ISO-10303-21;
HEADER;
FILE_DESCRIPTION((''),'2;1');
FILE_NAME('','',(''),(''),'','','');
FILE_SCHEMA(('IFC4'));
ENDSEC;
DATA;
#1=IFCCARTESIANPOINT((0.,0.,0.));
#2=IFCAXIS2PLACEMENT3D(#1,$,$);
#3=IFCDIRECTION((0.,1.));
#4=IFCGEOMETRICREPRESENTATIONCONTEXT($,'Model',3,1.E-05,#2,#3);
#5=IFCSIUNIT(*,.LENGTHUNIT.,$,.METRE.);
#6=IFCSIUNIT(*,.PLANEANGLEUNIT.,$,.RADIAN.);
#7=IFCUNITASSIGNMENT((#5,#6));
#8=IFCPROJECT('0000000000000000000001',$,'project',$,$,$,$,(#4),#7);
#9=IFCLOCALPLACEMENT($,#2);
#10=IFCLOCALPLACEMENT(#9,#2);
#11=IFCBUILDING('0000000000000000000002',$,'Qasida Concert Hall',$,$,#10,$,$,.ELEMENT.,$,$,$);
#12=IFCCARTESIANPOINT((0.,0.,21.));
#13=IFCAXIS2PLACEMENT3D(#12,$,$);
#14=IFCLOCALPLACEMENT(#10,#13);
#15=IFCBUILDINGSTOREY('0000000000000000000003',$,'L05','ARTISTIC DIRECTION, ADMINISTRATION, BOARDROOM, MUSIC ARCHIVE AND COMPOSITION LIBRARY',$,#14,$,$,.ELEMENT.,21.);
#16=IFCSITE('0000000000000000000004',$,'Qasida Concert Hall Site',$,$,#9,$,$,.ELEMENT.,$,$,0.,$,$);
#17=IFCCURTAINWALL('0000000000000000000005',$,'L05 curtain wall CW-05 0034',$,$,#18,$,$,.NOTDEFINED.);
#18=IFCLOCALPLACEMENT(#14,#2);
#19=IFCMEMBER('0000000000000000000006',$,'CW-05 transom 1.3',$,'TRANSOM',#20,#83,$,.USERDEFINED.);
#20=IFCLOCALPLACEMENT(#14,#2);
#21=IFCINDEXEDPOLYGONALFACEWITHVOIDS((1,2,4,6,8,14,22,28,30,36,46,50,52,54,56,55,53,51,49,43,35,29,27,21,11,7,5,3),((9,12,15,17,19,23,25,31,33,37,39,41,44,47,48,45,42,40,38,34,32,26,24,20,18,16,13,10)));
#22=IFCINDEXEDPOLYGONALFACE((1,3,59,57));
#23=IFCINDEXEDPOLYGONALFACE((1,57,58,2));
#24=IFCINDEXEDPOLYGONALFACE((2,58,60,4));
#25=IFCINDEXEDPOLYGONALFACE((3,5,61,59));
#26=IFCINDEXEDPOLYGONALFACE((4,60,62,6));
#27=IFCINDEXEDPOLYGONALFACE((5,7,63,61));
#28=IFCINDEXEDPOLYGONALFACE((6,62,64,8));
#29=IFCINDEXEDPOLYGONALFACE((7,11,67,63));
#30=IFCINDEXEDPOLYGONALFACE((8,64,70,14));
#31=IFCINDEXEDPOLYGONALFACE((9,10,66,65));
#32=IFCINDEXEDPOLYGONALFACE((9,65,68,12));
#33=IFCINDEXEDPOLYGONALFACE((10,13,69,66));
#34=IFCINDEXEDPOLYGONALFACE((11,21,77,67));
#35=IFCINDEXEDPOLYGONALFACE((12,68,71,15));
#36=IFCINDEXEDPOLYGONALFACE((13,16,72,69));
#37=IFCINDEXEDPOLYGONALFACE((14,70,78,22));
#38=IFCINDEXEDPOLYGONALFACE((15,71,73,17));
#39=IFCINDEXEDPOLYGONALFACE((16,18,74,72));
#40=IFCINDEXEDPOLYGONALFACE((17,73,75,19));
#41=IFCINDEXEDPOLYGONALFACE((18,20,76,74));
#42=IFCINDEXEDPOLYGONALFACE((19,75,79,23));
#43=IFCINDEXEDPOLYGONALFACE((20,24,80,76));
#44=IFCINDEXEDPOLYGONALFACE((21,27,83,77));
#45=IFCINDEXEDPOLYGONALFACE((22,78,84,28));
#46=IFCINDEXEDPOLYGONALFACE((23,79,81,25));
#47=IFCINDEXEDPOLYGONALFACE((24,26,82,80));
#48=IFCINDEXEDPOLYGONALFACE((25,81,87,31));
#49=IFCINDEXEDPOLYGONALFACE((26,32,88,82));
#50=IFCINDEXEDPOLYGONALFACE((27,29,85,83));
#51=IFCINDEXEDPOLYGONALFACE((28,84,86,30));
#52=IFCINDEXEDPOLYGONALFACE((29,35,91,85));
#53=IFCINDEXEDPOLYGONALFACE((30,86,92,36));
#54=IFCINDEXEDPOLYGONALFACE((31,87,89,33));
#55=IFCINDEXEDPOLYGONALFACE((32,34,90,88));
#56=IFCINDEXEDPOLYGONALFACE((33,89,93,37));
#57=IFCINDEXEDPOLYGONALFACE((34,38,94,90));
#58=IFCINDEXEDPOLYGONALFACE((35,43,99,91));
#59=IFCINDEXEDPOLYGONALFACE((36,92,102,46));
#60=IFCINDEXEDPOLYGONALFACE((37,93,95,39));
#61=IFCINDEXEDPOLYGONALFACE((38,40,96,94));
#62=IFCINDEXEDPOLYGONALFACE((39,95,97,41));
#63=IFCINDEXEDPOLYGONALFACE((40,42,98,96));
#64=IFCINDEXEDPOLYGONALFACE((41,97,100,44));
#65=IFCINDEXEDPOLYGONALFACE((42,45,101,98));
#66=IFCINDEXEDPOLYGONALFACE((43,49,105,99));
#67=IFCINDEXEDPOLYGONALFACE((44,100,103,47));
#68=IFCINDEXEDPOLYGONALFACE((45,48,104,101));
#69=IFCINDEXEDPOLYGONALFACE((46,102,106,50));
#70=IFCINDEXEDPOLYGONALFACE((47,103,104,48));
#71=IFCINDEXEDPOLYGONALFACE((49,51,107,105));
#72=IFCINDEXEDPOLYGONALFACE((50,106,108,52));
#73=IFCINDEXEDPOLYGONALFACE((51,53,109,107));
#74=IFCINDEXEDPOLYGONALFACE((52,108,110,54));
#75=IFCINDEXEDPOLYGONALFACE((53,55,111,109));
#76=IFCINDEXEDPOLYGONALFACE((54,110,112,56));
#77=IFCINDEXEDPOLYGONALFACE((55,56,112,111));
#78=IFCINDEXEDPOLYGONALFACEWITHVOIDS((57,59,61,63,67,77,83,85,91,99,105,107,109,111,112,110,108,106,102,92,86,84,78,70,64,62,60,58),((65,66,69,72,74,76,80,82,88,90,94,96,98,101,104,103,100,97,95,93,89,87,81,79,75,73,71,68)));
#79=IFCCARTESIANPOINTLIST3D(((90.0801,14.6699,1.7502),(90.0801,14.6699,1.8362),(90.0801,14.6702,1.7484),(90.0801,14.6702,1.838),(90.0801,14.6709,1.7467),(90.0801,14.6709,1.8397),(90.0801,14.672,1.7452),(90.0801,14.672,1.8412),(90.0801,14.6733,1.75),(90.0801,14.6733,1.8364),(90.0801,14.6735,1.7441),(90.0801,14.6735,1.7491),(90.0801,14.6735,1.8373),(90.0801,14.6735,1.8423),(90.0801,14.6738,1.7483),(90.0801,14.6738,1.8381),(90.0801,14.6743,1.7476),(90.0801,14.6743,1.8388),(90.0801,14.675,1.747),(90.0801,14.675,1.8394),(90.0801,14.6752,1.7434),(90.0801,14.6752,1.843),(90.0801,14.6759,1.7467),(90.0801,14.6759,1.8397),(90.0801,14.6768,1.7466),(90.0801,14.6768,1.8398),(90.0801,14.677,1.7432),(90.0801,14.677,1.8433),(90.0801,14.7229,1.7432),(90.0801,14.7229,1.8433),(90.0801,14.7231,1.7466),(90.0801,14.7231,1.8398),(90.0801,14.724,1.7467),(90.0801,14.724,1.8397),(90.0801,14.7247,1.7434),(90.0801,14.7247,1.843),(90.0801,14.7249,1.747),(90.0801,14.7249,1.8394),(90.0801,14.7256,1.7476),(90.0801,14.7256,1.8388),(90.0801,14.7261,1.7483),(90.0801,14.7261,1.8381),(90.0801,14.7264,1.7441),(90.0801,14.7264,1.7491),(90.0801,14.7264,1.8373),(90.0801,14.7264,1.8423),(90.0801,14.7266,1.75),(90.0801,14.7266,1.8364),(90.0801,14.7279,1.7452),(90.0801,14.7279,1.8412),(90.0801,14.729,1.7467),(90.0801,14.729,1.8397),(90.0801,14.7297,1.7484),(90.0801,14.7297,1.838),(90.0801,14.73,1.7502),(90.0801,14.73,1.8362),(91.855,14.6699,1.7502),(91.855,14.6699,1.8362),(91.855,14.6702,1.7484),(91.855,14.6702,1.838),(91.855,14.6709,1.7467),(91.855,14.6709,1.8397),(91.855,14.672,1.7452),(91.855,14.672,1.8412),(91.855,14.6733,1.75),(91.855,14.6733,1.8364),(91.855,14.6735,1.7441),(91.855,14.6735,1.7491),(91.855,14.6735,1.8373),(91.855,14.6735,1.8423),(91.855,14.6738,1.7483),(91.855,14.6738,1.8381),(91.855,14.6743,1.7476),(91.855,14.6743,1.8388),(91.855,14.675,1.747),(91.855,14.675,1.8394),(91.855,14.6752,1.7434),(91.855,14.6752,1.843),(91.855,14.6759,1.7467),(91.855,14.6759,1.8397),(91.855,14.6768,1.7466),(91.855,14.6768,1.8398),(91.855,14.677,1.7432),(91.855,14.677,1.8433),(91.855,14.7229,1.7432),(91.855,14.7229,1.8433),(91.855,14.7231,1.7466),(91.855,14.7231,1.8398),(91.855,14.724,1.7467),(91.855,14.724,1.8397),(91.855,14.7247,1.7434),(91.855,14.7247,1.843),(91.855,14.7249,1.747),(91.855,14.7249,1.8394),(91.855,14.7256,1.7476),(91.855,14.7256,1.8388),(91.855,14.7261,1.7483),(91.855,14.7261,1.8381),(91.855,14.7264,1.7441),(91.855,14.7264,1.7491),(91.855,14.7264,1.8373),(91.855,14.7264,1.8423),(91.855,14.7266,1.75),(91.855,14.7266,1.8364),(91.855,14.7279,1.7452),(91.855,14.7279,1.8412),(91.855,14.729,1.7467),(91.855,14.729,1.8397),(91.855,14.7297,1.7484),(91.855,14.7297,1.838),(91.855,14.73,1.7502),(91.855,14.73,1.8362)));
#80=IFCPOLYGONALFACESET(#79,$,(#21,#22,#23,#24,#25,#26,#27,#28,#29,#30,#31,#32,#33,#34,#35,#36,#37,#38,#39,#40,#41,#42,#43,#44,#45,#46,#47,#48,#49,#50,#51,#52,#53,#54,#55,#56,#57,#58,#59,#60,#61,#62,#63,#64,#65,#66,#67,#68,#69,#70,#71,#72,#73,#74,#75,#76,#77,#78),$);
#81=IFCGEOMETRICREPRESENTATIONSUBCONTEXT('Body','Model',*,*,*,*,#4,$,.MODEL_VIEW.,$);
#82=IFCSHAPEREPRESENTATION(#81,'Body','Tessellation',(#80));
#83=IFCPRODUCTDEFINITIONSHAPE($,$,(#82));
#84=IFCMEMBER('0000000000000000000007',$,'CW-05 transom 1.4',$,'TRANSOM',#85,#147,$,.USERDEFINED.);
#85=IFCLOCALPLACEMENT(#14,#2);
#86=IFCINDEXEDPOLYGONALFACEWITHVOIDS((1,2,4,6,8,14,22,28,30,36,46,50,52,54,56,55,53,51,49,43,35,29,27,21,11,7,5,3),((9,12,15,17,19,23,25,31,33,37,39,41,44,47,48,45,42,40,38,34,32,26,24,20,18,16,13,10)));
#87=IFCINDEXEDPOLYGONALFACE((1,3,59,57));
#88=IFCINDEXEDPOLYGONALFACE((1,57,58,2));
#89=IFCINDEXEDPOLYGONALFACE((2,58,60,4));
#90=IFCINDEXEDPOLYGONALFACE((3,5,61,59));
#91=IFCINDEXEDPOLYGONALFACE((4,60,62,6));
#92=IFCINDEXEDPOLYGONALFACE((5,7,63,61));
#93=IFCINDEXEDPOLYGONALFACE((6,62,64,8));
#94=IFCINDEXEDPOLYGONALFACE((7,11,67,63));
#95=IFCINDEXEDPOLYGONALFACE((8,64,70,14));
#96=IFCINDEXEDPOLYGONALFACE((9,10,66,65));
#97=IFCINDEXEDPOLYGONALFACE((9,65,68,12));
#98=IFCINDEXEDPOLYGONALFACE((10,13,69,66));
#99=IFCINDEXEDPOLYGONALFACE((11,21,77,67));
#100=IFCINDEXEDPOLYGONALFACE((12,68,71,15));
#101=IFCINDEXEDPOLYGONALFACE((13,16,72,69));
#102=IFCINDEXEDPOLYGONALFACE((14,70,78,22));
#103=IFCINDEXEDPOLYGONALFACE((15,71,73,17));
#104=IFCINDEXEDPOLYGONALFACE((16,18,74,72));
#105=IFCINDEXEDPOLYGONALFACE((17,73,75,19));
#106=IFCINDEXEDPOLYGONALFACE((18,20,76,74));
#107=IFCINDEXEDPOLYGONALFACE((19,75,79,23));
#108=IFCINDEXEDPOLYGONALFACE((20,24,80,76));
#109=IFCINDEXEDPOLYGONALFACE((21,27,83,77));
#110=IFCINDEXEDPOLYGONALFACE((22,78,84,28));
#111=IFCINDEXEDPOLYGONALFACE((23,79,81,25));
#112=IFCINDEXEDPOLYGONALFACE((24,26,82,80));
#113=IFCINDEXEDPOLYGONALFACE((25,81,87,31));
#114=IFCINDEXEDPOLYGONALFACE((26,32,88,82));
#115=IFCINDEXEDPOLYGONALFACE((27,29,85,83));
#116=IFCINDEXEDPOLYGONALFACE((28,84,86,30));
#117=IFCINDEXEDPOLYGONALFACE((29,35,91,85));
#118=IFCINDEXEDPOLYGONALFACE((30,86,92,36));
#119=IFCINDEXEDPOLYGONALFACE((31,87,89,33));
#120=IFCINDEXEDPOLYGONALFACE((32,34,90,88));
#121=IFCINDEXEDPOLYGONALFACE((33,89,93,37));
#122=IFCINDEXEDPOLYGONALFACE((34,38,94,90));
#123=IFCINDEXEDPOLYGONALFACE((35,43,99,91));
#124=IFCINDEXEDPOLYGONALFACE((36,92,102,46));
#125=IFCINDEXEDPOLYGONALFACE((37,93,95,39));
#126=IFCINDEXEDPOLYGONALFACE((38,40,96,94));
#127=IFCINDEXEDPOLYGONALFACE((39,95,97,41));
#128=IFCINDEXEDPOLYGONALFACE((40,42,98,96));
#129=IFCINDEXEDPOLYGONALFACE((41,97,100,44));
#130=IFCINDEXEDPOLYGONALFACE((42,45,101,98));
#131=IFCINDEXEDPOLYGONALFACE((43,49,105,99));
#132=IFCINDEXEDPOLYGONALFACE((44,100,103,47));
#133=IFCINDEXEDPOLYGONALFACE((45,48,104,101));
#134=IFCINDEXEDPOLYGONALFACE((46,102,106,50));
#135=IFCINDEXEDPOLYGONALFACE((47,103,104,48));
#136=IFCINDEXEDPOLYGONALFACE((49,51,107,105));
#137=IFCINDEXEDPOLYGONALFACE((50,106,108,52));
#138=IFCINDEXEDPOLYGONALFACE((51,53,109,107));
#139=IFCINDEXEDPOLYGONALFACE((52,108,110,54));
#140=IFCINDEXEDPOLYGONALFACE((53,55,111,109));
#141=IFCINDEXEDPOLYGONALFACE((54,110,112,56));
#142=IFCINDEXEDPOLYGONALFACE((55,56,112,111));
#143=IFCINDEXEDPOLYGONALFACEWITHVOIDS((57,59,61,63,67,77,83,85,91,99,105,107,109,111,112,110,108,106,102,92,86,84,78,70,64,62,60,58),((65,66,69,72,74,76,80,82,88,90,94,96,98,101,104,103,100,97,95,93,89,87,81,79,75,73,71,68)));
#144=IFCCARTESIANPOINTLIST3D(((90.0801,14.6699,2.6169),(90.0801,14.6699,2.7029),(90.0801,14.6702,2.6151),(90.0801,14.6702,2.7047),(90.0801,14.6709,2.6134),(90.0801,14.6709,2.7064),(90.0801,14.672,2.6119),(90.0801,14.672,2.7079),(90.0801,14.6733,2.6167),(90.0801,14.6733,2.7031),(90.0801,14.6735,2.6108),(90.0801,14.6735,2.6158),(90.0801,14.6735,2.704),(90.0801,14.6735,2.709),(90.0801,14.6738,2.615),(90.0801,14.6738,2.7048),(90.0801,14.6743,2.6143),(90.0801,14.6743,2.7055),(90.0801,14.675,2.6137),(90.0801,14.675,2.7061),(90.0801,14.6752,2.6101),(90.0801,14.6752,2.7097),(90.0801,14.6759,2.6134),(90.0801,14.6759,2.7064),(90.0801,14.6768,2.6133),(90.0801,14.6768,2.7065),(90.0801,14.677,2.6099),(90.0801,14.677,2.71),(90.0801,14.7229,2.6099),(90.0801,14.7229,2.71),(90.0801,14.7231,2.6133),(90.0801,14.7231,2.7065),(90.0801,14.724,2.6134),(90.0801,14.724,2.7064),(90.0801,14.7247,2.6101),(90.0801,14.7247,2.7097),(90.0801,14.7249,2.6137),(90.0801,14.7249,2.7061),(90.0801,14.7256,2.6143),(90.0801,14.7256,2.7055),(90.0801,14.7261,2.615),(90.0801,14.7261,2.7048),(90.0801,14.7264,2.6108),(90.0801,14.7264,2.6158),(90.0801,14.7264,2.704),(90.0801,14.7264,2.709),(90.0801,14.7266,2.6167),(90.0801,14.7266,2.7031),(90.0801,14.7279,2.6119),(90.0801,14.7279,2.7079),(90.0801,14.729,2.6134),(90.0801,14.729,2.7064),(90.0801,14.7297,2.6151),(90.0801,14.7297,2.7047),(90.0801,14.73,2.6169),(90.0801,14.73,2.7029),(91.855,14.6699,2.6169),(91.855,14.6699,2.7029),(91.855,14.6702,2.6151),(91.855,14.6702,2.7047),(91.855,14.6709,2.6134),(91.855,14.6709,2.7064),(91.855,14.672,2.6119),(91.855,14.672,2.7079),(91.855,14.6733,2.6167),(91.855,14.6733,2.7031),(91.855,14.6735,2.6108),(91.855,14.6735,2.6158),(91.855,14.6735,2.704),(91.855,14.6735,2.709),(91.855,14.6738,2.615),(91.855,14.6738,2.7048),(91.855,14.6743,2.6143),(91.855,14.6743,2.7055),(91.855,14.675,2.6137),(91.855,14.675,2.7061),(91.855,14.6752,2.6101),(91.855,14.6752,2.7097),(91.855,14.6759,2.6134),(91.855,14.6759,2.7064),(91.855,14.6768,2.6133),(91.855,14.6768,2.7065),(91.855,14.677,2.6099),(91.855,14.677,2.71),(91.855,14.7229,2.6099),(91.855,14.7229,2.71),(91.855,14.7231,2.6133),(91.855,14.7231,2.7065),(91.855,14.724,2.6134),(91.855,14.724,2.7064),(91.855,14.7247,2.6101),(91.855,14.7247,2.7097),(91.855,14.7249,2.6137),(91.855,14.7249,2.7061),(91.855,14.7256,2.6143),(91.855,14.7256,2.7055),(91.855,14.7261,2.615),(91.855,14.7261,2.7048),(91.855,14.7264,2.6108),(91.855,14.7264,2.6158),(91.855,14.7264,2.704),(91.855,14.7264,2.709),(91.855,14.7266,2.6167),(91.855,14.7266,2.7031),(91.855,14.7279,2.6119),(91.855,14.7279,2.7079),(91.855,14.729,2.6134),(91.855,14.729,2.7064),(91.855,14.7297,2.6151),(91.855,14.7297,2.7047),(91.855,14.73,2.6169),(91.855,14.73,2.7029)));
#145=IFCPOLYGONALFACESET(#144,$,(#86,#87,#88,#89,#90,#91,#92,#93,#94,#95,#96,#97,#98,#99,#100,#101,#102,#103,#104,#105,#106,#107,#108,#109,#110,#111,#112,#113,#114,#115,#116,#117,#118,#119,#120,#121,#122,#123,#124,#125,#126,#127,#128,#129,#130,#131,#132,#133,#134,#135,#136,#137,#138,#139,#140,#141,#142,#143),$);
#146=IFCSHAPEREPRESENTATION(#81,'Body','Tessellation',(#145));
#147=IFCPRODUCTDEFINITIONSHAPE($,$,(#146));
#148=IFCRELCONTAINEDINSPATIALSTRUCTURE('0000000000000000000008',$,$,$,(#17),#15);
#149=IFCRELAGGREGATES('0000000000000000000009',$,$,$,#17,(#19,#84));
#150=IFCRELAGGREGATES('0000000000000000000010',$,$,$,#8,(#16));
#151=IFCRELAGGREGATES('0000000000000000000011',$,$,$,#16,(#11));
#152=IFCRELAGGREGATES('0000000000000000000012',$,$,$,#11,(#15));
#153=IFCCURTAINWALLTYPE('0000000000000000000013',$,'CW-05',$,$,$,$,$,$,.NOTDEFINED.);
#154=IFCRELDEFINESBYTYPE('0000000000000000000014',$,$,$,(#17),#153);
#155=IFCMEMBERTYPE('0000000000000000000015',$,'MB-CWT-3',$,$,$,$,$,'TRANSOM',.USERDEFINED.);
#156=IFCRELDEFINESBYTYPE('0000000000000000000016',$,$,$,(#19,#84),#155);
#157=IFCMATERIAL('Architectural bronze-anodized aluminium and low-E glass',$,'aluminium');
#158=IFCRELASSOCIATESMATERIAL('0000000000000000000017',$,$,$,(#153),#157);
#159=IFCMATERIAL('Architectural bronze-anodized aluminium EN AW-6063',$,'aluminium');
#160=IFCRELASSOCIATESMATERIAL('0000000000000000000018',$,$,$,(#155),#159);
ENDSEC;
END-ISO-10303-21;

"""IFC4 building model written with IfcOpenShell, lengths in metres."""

from ifc_helpers import new_model, si_unit, direction, frame, origin, origin_2d, place, context, subcontext, project, spatial, hollow_rectangle, extrude, material, material_profile, profile_set, type_object, element, aggregate, save


model = new_model("IFC4")

# Units and contexts
model_context = context("Model", 3, precision=1e-05, world=origin(), true_north=direction((0.0, 1.0)))
body_context = subcontext(model_context, "Body", "Model", "MODEL_VIEW")
ifc_project = project(units=[si_unit("LENGTHUNIT", "METRE"), si_unit("PLANEANGLEUNIT", "RADIAN")], contexts=[model_context])

# Site, building, storey
site_placement = place(None, origin())
site = spatial("IfcSite", under=ifc_project, at=site_placement, Name="Qasida Concert Hall Site", CompositionType="ELEMENT", RefElevation=0.0)
building_placement = place(site_placement, origin())
building = spatial("IfcBuilding", under=site, at=building_placement, Name="Qasida Concert Hall", CompositionType="ELEMENT")
storey_placement = place(building_placement, frame((0.0, 0.0, 21.0)))
storey = spatial("IfcBuildingStorey", under=building, at=storey_placement, Name="L05", Description="ARTISTIC DIRECTION, ADMINISTRATION, BOARDROOM, MUSIC ARCHIVE AND COMPOSITION LIBRARY", CompositionType="ELEMENT", Elevation=21.0)

# Shared definitions
ifc_material_1 = material(Name="Architectural bronze-anodized aluminium and low-E glass", Category="aluminium")
curtain_wall_type = type_object("IfcCurtainWallType", Name="CW-05", PredefinedType="NOTDEFINED", material=ifc_material_1)
ifc_material_2 = material(Name="Architectural bronze-anodized aluminium EN AW-6063", Category="aluminium")

# Curtain wall, members
curtain_wall_1_placement = place(storey_placement, origin())
curtain_wall_1 = element("IfcCurtainWall", 1, at=curtain_wall_1_placement, inside=storey, type_object=curtain_wall_type, Name="L05 curtain wall CW-05 0034", PredefinedType="NOTDEFINED")
ifc_material_profile_1 = material_profile(ifc_material_2, hollow_rectangle(XDim=0.0601, YDim=0.1001, WallThickness=0.0034, InnerFilletRadius=0.0034, OuterFilletRadius=0.0071, at=origin_2d()), Name="CWT 100x60x3.5")
ifc_profile_set_1 = profile_set([ifc_material_profile_1], Name="Architectural bronze-anodized aluminium EN AW-6063")
member_type_1 = type_object("IfcMemberType", Name="MB-CWT-3", ElementType="TRANSOM", PredefinedType="USERDEFINED", material=ifc_profile_set_1)
member_1_placement = place(storey_placement, frame((90.0801, 14.7, 1.7932), z_axis=(1.0, 0.0, 0.0), x_axis=(0.0, 1.0, 0.0)))
member_1 = element("IfcMember", 2, at=member_1_placement, type_object=member_type_1, Name="CW-05 transom 1.3", ObjectType="TRANSOM", PredefinedType="USERDEFINED", context=body_context, shape_type="SweptSolid", body=[
    extrude(hollow_rectangle(XDim=0.0601, YDim=0.1001, WallThickness=0.0034, InnerFilletRadius=0.0034, OuterFilletRadius=0.0071, at=origin_2d()), origin(), (0.0, 0.0, 1.0), 1.7749),
])
member_2_placement = place(storey_placement, frame((90.0801, 14.7, 2.6599), z_axis=(1.0, 0.0, 0.0), x_axis=(0.0, 1.0, 0.0)))
member_2 = element("IfcMember", 3, at=member_2_placement, type_object=member_type_1, Name="CW-05 transom 1.4", ObjectType="TRANSOM", PredefinedType="USERDEFINED", context=body_context, shape_type="SweptSolid", body=[
    extrude(hollow_rectangle(XDim=0.0601, YDim=0.1001, WallThickness=0.0034, InnerFilletRadius=0.0034, OuterFilletRadius=0.0071, at=origin_2d()), origin(), (0.0, 0.0, 1.0), 1.7749),
])

aggregate(curtain_wall_1, [member_1, member_2])

save(model, "model.ifc")
